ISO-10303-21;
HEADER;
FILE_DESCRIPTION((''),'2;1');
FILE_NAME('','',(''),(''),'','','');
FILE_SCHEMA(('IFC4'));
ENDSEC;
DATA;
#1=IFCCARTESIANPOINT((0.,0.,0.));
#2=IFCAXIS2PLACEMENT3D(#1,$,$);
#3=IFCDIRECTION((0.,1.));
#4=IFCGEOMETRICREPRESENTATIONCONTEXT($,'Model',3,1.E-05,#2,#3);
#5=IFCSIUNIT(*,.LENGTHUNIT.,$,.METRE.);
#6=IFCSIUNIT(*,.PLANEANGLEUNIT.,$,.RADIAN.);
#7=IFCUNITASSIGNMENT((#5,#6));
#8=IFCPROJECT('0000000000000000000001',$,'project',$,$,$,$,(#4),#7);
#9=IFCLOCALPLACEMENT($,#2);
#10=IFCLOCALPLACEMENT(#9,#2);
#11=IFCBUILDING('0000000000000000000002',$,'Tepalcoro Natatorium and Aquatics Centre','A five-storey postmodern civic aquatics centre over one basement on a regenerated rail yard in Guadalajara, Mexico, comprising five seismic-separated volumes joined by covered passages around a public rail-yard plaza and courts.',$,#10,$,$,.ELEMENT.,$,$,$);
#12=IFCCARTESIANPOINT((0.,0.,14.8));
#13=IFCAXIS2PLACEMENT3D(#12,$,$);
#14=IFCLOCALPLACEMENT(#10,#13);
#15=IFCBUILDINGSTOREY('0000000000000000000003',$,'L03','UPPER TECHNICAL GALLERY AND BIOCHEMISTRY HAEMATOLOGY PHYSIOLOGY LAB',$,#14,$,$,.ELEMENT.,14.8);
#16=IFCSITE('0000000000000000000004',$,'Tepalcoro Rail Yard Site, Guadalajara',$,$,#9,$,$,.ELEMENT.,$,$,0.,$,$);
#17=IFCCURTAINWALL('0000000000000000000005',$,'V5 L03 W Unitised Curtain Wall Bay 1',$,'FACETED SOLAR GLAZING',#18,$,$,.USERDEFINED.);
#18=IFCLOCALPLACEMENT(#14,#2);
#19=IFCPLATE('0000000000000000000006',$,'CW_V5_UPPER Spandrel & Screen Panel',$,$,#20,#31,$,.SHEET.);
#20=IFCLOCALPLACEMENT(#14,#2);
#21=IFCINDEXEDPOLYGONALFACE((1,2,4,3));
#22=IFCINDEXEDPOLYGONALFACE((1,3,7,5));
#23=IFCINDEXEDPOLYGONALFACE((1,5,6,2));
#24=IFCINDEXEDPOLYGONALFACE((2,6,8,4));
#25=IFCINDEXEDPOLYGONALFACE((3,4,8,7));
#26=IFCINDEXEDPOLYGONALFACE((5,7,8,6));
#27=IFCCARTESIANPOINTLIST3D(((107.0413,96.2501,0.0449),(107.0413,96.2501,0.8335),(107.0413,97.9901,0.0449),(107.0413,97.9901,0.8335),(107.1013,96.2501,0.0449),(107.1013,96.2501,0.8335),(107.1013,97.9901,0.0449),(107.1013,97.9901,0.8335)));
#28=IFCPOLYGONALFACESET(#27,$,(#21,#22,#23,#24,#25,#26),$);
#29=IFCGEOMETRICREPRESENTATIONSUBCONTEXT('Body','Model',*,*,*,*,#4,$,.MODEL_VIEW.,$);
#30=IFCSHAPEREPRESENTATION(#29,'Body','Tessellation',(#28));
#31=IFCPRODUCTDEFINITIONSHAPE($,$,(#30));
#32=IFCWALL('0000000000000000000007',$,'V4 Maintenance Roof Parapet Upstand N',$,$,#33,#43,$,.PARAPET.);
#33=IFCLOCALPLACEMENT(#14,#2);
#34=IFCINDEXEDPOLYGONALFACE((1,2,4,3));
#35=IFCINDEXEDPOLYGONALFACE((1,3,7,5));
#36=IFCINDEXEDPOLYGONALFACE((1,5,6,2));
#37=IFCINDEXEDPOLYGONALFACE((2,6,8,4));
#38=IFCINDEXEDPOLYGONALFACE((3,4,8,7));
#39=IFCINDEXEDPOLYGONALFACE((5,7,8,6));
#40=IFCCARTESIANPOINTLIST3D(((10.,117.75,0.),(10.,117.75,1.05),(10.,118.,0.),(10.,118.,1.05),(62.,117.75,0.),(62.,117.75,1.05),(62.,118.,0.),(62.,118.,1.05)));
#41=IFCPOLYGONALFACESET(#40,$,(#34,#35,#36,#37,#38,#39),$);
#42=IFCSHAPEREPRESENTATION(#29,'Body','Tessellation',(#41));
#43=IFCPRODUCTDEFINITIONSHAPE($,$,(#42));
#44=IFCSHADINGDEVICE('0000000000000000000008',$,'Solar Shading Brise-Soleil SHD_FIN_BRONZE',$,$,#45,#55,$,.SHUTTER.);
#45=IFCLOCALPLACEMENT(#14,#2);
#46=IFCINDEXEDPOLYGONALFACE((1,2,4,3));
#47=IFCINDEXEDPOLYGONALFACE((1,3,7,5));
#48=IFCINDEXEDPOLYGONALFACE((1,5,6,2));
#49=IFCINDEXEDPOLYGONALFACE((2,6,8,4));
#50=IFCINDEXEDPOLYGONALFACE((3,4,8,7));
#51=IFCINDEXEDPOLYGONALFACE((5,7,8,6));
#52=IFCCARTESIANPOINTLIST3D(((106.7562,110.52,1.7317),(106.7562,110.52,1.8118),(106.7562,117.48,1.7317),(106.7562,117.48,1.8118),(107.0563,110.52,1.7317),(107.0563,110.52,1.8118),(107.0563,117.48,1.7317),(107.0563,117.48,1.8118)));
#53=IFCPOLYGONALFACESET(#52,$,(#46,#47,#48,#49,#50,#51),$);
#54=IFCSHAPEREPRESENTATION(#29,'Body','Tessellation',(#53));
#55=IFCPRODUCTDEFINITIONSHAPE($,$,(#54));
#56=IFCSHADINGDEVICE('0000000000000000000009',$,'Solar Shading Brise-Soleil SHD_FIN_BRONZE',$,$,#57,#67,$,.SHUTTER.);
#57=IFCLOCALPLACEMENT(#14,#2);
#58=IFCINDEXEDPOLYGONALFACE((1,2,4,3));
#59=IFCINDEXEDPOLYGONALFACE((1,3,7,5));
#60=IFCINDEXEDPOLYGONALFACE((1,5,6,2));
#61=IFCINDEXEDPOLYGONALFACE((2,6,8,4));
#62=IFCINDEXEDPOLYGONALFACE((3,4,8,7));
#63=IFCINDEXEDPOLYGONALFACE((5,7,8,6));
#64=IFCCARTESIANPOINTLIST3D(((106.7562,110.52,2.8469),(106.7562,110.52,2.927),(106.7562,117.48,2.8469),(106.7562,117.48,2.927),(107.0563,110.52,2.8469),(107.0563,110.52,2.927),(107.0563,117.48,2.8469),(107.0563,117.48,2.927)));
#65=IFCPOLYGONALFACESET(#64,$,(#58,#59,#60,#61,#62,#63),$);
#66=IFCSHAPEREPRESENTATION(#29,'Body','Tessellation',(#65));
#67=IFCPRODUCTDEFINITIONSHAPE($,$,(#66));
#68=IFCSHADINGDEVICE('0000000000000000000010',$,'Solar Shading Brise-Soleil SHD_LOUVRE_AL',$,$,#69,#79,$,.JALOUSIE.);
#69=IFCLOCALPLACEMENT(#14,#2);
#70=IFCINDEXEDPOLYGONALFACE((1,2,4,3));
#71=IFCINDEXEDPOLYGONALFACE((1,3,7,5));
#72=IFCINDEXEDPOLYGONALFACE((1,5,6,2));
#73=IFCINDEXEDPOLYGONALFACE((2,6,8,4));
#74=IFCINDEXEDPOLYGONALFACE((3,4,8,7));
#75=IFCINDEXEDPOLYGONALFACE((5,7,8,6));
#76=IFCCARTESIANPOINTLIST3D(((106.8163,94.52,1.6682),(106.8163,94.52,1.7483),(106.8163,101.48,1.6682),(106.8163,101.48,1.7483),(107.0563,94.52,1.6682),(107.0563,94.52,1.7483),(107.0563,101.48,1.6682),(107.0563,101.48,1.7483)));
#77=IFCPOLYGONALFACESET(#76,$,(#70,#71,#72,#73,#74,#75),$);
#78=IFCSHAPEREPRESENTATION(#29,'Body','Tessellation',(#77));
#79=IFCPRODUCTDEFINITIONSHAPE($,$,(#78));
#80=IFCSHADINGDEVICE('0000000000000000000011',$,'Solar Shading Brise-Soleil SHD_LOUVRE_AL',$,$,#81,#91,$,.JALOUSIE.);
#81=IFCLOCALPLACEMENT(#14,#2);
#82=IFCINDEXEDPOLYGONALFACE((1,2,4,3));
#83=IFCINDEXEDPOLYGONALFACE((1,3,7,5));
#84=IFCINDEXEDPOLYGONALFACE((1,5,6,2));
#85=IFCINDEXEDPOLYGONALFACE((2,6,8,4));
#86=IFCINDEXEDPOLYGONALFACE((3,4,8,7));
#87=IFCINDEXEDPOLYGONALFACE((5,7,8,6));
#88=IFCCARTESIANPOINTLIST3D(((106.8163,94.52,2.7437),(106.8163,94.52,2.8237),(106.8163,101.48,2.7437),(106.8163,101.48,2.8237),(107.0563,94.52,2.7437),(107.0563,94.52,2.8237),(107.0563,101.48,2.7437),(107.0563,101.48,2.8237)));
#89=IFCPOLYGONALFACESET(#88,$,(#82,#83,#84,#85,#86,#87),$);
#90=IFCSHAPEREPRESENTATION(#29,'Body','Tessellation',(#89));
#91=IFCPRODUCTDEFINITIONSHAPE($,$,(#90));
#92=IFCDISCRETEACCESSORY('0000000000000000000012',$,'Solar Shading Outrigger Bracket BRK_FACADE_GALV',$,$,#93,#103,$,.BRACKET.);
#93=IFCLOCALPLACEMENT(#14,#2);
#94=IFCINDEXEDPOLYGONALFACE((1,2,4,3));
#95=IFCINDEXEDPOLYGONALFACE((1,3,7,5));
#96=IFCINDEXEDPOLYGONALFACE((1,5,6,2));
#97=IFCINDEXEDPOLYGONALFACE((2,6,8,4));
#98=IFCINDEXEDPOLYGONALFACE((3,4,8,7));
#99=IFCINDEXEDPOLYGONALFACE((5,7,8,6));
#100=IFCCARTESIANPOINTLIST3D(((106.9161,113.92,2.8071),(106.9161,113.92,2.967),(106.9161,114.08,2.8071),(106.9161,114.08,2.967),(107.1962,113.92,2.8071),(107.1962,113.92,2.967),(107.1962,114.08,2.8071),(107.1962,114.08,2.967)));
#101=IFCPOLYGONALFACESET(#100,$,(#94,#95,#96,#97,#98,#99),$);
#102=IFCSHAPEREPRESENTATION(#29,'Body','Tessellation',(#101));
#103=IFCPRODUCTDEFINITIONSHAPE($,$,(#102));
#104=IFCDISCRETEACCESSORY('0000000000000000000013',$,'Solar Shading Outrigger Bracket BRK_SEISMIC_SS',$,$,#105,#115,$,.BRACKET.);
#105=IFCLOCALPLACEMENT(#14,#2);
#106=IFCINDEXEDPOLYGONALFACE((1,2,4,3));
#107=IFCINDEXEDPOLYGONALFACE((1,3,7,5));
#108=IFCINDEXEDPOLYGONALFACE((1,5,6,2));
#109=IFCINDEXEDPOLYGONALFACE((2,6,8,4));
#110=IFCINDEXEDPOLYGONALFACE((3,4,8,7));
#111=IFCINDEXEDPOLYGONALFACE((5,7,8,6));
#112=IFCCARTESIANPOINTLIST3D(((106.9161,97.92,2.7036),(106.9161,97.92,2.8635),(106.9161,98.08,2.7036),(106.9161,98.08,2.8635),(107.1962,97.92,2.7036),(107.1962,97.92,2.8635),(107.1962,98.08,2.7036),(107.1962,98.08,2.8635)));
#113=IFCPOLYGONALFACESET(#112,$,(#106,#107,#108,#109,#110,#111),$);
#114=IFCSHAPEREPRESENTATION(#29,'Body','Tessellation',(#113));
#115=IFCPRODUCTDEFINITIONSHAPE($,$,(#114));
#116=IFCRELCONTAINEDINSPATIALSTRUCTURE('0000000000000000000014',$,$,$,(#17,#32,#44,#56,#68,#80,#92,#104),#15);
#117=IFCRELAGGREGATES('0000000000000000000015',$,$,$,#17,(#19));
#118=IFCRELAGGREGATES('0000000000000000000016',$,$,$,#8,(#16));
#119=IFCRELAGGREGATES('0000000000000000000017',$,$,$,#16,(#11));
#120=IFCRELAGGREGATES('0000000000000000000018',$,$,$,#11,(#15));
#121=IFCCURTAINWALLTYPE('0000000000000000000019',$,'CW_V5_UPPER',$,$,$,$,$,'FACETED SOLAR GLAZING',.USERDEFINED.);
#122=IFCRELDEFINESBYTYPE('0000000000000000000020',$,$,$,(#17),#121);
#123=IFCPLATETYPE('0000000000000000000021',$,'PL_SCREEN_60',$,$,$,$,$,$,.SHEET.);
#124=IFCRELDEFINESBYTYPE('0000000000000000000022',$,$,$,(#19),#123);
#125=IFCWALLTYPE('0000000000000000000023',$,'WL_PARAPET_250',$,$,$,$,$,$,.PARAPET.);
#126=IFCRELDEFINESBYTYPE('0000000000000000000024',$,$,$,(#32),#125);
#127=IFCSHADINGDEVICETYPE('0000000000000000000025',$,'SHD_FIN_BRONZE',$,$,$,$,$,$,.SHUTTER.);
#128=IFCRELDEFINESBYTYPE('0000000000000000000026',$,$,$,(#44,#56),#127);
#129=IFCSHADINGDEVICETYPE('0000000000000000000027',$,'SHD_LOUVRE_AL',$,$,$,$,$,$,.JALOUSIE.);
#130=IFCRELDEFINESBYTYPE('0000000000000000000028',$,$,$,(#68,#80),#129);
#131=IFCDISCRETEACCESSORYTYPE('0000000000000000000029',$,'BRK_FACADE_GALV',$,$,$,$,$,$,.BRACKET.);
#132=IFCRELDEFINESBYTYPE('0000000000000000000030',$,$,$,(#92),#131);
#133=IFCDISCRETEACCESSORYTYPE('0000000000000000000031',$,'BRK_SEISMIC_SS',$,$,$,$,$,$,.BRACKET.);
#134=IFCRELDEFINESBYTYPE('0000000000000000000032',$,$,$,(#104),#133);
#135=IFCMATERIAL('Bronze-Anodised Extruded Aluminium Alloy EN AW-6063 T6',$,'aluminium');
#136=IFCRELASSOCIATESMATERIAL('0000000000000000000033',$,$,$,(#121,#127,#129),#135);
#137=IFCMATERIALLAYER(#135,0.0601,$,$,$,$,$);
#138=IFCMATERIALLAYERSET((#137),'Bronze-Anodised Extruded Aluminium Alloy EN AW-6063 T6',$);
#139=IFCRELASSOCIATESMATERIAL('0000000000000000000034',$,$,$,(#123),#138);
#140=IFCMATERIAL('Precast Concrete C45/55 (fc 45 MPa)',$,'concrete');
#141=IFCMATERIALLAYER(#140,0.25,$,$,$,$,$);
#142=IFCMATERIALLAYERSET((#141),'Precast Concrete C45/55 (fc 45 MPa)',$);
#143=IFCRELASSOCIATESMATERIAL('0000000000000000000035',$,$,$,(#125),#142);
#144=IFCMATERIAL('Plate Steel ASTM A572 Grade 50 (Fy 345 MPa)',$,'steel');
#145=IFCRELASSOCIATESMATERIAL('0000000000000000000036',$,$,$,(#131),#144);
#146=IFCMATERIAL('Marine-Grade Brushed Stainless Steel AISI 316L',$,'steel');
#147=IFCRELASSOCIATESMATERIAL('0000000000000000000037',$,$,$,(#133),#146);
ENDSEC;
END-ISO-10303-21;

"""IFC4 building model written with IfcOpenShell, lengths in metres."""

from ifc_helpers import new_model, si_unit, direction, frame, frame_2d, origin, origin_2d, place, context, subcontext, project, spatial, rectangle, extrude, material, layer, layer_set, type_object, element, aggregate, save


model = new_model("IFC4")

# Units and contexts
model_context = context("Model", 3, precision=1e-05, world=origin(), true_north=direction((0.0, 1.0)))
body_context = subcontext(model_context, "Body", "Model", "MODEL_VIEW")
ifc_project = project(units=[si_unit("LENGTHUNIT", "METRE"), si_unit("PLANEANGLEUNIT", "RADIAN")], contexts=[model_context])

# Site, building, storey
site_placement = place(None, origin())
site = spatial("IfcSite", under=ifc_project, at=site_placement, Name="Tepalcoro Rail Yard Site, Guadalajara", CompositionType="ELEMENT", RefElevation=0.0)
building_placement = place(site_placement, origin())
building = spatial("IfcBuilding", under=site, at=building_placement, Name="Tepalcoro Natatorium and Aquatics Centre", Description="A five-storey postmodern civic aquatics centre over one basement on a regenerated rail yard in Guadalajara, Mexico, comprising five seismic-separated volumes joined by covered passages around a public rail-yard plaza and courts.", CompositionType="ELEMENT")
storey_placement = place(building_placement, frame((0.0, 0.0, 14.8)))
storey = spatial("IfcBuildingStorey", under=building, at=storey_placement, Name="L03", Description="UPPER TECHNICAL GALLERY AND BIOCHEMISTRY HAEMATOLOGY PHYSIOLOGY LAB", CompositionType="ELEMENT", Elevation=14.8)

# Shared definitions
ifc_material_1 = material(Name="Bronze-Anodised Extruded Aluminium Alloy EN AW-6063 T6", Category="aluminium")

# Curtain wall
curtain_wall_type_1 = type_object("IfcCurtainWallType", Name="CW_V5_UPPER", ElementType="FACETED SOLAR GLAZING", PredefinedType="USERDEFINED", material=ifc_material_1)
curtain_wall_1_placement = place(storey_placement, origin())
curtain_wall_1 = element("IfcCurtainWall", 1, at=curtain_wall_1_placement, inside=storey, type_object=curtain_wall_type_1, Name="V5 L03 W Unitised Curtain Wall Bay 1", ObjectType="FACETED SOLAR GLAZING", PredefinedType="USERDEFINED")

# Plate
ifc_layer_1 = layer(ifc_material_1, 0.0601)
ifc_layer_set_1 = layer_set([ifc_layer_1], Name="Bronze-Anodised Extruded Aluminium Alloy EN AW-6063 T6")
plate_type_1 = type_object("IfcPlateType", Name="PL_SCREEN_60", PredefinedType="SHEET", material=ifc_layer_set_1)
plate_1_placement = place(storey_placement, frame((107.0713, 97.1201, 0.0449), z_axis=(0.0, 0.0, 1.0), x_axis=(1.0, 0.0, 0.0)))
plate_1 = element("IfcPlate", 2, at=plate_1_placement, type_object=plate_type_1, Name="CW_V5_UPPER Spandrel & Screen Panel", PredefinedType="SHEET", context=body_context, shape_type="SweptSolid", body=[
    extrude(rectangle(XDim=0.0601, YDim=1.74, at=origin_2d()), origin(), (0.0, 0.0, 1.0), 0.7886),
])
aggregate(curtain_wall_1, [plate_1])

# Wall
ifc_material_2 = material(Name="Precast Concrete C45/55 (fc 45 MPa)", Category="concrete")
ifc_layer_2 = layer(ifc_material_2, 0.25)
ifc_layer_set_2 = layer_set([ifc_layer_2], Name="Precast Concrete C45/55 (fc 45 MPa)")
wall_type = type_object("IfcWallType", Name="WL_PARAPET_250", PredefinedType="PARAPET", material=ifc_layer_set_2)
wall_placement = place(storey_placement, frame((10.0, 117.875, 0.0), z_axis=(0.0, 0.0, 1.0), x_axis=(1.0, 0.0, 0.0)))
element("IfcWall", 3, at=wall_placement, inside=storey, type_object=wall_type, Name="V4 Maintenance Roof Parapet Upstand N", PredefinedType="PARAPET", context=body_context, shape_type="SweptSolid", body=[
    extrude(rectangle(XDim=52.0, YDim=0.25, at=frame_2d((26.0, 0.0))), origin(), (0.0, 0.0, 1.0), 1.05),
])

# Shared definitions
ifc_material_3 = material(Name="Marine-Grade Brushed Stainless Steel AISI 316L", Category="steel")

# Shading devices
shading_device_type_1 = type_object("IfcShadingDeviceType", Name="SHD_FIN_BRONZE", PredefinedType="SHUTTER", material=ifc_material_1)
for number, where, z_axis, x_axis, name in (
    (4, (106.9062, 114.0, 1.7317), (0.0, 0.0, 1.0), (1.0, 0.0, 0.0), "Solar Shading Brise-Soleil SHD_FIN_BRONZE"),
    (5, (106.9062, 114.0, 2.8469), (0.0, 0.0, 1.0), (1.0, 0.0, 0.0), "Solar Shading Brise-Soleil SHD_FIN_BRONZE"),
):
    element("IfcShadingDevice", number, at=place(storey_placement, frame(where, z_axis=z_axis, x_axis=x_axis)), inside=storey, type_object=shading_device_type_1, Name=name, PredefinedType="SHUTTER", context=body_context, shape_type="SweptSolid", body=[
        extrude(rectangle(XDim=0.3, YDim=6.96, at=origin_2d()), origin(), (0.0, 0.0, 1.0), 0.0801),
    ])
shading_device_type_2 = type_object("IfcShadingDeviceType", Name="SHD_LOUVRE_AL", PredefinedType="JALOUSIE", material=ifc_material_1)
for number, where, z_axis, x_axis, name in (
    (6, (106.9363, 98.0, 1.6682), (0.0, 0.0, 1.0), (1.0, 0.0, 0.0), "Solar Shading Brise-Soleil SHD_LOUVRE_AL"),
    (7, (106.9363, 98.0, 2.7437), (0.0, 0.0, 1.0), (1.0, 0.0, 0.0), "Solar Shading Brise-Soleil SHD_LOUVRE_AL"),
):
    element("IfcShadingDevice", number, at=place(storey_placement, frame(where, z_axis=z_axis, x_axis=x_axis)), inside=storey, type_object=shading_device_type_2, Name=name, PredefinedType="JALOUSIE", context=body_context, shape_type="SweptSolid", body=[
        extrude(rectangle(XDim=0.24, YDim=6.96, at=origin_2d()), origin(), (0.0, 0.0, 1.0), 0.0801),
    ])

# Discrete accessories
ifc_material_4 = material(Name="Plate Steel ASTM A572 Grade 50 (Fy 345 MPa)", Category="steel")
discrete_accessory_type_1 = type_object("IfcDiscreteAccessoryType", Name="BRK_FACADE_GALV", PredefinedType="BRACKET", material=ifc_material_4)
discrete_accessory_1_placement = place(storey_placement, frame((107.0562, 114.0, 2.8071), z_axis=(0.0, 0.0, 1.0), x_axis=(1.0, 0.0, 0.0)))
element("IfcDiscreteAccessory", 8, at=discrete_accessory_1_placement, inside=storey, type_object=discrete_accessory_type_1, Name="Solar Shading Outrigger Bracket BRK_FACADE_GALV", PredefinedType="BRACKET", context=body_context, shape_type="SweptSolid", body=[
    extrude(rectangle(XDim=0.28, YDim=0.1599, at=origin_2d()), origin(), (0.0, 0.0, 1.0), 0.1599),
])
discrete_accessory_type_2 = type_object("IfcDiscreteAccessoryType", Name="BRK_SEISMIC_SS", PredefinedType="BRACKET", material=ifc_material_3)
discrete_accessory_2_placement = place(storey_placement, frame((107.0562, 98.0, 2.7036), z_axis=(0.0, 0.0, 1.0), x_axis=(1.0, 0.0, 0.0)))
element("IfcDiscreteAccessory", 9, at=discrete_accessory_2_placement, inside=storey, type_object=discrete_accessory_type_2, Name="Solar Shading Outrigger Bracket BRK_SEISMIC_SS", PredefinedType="BRACKET", context=body_context, shape_type="SweptSolid", body=[
    extrude(rectangle(XDim=0.28, YDim=0.1599, at=origin_2d()), origin(), (0.0, 0.0, 1.0), 0.1599),
])

save(model, "model.ifc")
